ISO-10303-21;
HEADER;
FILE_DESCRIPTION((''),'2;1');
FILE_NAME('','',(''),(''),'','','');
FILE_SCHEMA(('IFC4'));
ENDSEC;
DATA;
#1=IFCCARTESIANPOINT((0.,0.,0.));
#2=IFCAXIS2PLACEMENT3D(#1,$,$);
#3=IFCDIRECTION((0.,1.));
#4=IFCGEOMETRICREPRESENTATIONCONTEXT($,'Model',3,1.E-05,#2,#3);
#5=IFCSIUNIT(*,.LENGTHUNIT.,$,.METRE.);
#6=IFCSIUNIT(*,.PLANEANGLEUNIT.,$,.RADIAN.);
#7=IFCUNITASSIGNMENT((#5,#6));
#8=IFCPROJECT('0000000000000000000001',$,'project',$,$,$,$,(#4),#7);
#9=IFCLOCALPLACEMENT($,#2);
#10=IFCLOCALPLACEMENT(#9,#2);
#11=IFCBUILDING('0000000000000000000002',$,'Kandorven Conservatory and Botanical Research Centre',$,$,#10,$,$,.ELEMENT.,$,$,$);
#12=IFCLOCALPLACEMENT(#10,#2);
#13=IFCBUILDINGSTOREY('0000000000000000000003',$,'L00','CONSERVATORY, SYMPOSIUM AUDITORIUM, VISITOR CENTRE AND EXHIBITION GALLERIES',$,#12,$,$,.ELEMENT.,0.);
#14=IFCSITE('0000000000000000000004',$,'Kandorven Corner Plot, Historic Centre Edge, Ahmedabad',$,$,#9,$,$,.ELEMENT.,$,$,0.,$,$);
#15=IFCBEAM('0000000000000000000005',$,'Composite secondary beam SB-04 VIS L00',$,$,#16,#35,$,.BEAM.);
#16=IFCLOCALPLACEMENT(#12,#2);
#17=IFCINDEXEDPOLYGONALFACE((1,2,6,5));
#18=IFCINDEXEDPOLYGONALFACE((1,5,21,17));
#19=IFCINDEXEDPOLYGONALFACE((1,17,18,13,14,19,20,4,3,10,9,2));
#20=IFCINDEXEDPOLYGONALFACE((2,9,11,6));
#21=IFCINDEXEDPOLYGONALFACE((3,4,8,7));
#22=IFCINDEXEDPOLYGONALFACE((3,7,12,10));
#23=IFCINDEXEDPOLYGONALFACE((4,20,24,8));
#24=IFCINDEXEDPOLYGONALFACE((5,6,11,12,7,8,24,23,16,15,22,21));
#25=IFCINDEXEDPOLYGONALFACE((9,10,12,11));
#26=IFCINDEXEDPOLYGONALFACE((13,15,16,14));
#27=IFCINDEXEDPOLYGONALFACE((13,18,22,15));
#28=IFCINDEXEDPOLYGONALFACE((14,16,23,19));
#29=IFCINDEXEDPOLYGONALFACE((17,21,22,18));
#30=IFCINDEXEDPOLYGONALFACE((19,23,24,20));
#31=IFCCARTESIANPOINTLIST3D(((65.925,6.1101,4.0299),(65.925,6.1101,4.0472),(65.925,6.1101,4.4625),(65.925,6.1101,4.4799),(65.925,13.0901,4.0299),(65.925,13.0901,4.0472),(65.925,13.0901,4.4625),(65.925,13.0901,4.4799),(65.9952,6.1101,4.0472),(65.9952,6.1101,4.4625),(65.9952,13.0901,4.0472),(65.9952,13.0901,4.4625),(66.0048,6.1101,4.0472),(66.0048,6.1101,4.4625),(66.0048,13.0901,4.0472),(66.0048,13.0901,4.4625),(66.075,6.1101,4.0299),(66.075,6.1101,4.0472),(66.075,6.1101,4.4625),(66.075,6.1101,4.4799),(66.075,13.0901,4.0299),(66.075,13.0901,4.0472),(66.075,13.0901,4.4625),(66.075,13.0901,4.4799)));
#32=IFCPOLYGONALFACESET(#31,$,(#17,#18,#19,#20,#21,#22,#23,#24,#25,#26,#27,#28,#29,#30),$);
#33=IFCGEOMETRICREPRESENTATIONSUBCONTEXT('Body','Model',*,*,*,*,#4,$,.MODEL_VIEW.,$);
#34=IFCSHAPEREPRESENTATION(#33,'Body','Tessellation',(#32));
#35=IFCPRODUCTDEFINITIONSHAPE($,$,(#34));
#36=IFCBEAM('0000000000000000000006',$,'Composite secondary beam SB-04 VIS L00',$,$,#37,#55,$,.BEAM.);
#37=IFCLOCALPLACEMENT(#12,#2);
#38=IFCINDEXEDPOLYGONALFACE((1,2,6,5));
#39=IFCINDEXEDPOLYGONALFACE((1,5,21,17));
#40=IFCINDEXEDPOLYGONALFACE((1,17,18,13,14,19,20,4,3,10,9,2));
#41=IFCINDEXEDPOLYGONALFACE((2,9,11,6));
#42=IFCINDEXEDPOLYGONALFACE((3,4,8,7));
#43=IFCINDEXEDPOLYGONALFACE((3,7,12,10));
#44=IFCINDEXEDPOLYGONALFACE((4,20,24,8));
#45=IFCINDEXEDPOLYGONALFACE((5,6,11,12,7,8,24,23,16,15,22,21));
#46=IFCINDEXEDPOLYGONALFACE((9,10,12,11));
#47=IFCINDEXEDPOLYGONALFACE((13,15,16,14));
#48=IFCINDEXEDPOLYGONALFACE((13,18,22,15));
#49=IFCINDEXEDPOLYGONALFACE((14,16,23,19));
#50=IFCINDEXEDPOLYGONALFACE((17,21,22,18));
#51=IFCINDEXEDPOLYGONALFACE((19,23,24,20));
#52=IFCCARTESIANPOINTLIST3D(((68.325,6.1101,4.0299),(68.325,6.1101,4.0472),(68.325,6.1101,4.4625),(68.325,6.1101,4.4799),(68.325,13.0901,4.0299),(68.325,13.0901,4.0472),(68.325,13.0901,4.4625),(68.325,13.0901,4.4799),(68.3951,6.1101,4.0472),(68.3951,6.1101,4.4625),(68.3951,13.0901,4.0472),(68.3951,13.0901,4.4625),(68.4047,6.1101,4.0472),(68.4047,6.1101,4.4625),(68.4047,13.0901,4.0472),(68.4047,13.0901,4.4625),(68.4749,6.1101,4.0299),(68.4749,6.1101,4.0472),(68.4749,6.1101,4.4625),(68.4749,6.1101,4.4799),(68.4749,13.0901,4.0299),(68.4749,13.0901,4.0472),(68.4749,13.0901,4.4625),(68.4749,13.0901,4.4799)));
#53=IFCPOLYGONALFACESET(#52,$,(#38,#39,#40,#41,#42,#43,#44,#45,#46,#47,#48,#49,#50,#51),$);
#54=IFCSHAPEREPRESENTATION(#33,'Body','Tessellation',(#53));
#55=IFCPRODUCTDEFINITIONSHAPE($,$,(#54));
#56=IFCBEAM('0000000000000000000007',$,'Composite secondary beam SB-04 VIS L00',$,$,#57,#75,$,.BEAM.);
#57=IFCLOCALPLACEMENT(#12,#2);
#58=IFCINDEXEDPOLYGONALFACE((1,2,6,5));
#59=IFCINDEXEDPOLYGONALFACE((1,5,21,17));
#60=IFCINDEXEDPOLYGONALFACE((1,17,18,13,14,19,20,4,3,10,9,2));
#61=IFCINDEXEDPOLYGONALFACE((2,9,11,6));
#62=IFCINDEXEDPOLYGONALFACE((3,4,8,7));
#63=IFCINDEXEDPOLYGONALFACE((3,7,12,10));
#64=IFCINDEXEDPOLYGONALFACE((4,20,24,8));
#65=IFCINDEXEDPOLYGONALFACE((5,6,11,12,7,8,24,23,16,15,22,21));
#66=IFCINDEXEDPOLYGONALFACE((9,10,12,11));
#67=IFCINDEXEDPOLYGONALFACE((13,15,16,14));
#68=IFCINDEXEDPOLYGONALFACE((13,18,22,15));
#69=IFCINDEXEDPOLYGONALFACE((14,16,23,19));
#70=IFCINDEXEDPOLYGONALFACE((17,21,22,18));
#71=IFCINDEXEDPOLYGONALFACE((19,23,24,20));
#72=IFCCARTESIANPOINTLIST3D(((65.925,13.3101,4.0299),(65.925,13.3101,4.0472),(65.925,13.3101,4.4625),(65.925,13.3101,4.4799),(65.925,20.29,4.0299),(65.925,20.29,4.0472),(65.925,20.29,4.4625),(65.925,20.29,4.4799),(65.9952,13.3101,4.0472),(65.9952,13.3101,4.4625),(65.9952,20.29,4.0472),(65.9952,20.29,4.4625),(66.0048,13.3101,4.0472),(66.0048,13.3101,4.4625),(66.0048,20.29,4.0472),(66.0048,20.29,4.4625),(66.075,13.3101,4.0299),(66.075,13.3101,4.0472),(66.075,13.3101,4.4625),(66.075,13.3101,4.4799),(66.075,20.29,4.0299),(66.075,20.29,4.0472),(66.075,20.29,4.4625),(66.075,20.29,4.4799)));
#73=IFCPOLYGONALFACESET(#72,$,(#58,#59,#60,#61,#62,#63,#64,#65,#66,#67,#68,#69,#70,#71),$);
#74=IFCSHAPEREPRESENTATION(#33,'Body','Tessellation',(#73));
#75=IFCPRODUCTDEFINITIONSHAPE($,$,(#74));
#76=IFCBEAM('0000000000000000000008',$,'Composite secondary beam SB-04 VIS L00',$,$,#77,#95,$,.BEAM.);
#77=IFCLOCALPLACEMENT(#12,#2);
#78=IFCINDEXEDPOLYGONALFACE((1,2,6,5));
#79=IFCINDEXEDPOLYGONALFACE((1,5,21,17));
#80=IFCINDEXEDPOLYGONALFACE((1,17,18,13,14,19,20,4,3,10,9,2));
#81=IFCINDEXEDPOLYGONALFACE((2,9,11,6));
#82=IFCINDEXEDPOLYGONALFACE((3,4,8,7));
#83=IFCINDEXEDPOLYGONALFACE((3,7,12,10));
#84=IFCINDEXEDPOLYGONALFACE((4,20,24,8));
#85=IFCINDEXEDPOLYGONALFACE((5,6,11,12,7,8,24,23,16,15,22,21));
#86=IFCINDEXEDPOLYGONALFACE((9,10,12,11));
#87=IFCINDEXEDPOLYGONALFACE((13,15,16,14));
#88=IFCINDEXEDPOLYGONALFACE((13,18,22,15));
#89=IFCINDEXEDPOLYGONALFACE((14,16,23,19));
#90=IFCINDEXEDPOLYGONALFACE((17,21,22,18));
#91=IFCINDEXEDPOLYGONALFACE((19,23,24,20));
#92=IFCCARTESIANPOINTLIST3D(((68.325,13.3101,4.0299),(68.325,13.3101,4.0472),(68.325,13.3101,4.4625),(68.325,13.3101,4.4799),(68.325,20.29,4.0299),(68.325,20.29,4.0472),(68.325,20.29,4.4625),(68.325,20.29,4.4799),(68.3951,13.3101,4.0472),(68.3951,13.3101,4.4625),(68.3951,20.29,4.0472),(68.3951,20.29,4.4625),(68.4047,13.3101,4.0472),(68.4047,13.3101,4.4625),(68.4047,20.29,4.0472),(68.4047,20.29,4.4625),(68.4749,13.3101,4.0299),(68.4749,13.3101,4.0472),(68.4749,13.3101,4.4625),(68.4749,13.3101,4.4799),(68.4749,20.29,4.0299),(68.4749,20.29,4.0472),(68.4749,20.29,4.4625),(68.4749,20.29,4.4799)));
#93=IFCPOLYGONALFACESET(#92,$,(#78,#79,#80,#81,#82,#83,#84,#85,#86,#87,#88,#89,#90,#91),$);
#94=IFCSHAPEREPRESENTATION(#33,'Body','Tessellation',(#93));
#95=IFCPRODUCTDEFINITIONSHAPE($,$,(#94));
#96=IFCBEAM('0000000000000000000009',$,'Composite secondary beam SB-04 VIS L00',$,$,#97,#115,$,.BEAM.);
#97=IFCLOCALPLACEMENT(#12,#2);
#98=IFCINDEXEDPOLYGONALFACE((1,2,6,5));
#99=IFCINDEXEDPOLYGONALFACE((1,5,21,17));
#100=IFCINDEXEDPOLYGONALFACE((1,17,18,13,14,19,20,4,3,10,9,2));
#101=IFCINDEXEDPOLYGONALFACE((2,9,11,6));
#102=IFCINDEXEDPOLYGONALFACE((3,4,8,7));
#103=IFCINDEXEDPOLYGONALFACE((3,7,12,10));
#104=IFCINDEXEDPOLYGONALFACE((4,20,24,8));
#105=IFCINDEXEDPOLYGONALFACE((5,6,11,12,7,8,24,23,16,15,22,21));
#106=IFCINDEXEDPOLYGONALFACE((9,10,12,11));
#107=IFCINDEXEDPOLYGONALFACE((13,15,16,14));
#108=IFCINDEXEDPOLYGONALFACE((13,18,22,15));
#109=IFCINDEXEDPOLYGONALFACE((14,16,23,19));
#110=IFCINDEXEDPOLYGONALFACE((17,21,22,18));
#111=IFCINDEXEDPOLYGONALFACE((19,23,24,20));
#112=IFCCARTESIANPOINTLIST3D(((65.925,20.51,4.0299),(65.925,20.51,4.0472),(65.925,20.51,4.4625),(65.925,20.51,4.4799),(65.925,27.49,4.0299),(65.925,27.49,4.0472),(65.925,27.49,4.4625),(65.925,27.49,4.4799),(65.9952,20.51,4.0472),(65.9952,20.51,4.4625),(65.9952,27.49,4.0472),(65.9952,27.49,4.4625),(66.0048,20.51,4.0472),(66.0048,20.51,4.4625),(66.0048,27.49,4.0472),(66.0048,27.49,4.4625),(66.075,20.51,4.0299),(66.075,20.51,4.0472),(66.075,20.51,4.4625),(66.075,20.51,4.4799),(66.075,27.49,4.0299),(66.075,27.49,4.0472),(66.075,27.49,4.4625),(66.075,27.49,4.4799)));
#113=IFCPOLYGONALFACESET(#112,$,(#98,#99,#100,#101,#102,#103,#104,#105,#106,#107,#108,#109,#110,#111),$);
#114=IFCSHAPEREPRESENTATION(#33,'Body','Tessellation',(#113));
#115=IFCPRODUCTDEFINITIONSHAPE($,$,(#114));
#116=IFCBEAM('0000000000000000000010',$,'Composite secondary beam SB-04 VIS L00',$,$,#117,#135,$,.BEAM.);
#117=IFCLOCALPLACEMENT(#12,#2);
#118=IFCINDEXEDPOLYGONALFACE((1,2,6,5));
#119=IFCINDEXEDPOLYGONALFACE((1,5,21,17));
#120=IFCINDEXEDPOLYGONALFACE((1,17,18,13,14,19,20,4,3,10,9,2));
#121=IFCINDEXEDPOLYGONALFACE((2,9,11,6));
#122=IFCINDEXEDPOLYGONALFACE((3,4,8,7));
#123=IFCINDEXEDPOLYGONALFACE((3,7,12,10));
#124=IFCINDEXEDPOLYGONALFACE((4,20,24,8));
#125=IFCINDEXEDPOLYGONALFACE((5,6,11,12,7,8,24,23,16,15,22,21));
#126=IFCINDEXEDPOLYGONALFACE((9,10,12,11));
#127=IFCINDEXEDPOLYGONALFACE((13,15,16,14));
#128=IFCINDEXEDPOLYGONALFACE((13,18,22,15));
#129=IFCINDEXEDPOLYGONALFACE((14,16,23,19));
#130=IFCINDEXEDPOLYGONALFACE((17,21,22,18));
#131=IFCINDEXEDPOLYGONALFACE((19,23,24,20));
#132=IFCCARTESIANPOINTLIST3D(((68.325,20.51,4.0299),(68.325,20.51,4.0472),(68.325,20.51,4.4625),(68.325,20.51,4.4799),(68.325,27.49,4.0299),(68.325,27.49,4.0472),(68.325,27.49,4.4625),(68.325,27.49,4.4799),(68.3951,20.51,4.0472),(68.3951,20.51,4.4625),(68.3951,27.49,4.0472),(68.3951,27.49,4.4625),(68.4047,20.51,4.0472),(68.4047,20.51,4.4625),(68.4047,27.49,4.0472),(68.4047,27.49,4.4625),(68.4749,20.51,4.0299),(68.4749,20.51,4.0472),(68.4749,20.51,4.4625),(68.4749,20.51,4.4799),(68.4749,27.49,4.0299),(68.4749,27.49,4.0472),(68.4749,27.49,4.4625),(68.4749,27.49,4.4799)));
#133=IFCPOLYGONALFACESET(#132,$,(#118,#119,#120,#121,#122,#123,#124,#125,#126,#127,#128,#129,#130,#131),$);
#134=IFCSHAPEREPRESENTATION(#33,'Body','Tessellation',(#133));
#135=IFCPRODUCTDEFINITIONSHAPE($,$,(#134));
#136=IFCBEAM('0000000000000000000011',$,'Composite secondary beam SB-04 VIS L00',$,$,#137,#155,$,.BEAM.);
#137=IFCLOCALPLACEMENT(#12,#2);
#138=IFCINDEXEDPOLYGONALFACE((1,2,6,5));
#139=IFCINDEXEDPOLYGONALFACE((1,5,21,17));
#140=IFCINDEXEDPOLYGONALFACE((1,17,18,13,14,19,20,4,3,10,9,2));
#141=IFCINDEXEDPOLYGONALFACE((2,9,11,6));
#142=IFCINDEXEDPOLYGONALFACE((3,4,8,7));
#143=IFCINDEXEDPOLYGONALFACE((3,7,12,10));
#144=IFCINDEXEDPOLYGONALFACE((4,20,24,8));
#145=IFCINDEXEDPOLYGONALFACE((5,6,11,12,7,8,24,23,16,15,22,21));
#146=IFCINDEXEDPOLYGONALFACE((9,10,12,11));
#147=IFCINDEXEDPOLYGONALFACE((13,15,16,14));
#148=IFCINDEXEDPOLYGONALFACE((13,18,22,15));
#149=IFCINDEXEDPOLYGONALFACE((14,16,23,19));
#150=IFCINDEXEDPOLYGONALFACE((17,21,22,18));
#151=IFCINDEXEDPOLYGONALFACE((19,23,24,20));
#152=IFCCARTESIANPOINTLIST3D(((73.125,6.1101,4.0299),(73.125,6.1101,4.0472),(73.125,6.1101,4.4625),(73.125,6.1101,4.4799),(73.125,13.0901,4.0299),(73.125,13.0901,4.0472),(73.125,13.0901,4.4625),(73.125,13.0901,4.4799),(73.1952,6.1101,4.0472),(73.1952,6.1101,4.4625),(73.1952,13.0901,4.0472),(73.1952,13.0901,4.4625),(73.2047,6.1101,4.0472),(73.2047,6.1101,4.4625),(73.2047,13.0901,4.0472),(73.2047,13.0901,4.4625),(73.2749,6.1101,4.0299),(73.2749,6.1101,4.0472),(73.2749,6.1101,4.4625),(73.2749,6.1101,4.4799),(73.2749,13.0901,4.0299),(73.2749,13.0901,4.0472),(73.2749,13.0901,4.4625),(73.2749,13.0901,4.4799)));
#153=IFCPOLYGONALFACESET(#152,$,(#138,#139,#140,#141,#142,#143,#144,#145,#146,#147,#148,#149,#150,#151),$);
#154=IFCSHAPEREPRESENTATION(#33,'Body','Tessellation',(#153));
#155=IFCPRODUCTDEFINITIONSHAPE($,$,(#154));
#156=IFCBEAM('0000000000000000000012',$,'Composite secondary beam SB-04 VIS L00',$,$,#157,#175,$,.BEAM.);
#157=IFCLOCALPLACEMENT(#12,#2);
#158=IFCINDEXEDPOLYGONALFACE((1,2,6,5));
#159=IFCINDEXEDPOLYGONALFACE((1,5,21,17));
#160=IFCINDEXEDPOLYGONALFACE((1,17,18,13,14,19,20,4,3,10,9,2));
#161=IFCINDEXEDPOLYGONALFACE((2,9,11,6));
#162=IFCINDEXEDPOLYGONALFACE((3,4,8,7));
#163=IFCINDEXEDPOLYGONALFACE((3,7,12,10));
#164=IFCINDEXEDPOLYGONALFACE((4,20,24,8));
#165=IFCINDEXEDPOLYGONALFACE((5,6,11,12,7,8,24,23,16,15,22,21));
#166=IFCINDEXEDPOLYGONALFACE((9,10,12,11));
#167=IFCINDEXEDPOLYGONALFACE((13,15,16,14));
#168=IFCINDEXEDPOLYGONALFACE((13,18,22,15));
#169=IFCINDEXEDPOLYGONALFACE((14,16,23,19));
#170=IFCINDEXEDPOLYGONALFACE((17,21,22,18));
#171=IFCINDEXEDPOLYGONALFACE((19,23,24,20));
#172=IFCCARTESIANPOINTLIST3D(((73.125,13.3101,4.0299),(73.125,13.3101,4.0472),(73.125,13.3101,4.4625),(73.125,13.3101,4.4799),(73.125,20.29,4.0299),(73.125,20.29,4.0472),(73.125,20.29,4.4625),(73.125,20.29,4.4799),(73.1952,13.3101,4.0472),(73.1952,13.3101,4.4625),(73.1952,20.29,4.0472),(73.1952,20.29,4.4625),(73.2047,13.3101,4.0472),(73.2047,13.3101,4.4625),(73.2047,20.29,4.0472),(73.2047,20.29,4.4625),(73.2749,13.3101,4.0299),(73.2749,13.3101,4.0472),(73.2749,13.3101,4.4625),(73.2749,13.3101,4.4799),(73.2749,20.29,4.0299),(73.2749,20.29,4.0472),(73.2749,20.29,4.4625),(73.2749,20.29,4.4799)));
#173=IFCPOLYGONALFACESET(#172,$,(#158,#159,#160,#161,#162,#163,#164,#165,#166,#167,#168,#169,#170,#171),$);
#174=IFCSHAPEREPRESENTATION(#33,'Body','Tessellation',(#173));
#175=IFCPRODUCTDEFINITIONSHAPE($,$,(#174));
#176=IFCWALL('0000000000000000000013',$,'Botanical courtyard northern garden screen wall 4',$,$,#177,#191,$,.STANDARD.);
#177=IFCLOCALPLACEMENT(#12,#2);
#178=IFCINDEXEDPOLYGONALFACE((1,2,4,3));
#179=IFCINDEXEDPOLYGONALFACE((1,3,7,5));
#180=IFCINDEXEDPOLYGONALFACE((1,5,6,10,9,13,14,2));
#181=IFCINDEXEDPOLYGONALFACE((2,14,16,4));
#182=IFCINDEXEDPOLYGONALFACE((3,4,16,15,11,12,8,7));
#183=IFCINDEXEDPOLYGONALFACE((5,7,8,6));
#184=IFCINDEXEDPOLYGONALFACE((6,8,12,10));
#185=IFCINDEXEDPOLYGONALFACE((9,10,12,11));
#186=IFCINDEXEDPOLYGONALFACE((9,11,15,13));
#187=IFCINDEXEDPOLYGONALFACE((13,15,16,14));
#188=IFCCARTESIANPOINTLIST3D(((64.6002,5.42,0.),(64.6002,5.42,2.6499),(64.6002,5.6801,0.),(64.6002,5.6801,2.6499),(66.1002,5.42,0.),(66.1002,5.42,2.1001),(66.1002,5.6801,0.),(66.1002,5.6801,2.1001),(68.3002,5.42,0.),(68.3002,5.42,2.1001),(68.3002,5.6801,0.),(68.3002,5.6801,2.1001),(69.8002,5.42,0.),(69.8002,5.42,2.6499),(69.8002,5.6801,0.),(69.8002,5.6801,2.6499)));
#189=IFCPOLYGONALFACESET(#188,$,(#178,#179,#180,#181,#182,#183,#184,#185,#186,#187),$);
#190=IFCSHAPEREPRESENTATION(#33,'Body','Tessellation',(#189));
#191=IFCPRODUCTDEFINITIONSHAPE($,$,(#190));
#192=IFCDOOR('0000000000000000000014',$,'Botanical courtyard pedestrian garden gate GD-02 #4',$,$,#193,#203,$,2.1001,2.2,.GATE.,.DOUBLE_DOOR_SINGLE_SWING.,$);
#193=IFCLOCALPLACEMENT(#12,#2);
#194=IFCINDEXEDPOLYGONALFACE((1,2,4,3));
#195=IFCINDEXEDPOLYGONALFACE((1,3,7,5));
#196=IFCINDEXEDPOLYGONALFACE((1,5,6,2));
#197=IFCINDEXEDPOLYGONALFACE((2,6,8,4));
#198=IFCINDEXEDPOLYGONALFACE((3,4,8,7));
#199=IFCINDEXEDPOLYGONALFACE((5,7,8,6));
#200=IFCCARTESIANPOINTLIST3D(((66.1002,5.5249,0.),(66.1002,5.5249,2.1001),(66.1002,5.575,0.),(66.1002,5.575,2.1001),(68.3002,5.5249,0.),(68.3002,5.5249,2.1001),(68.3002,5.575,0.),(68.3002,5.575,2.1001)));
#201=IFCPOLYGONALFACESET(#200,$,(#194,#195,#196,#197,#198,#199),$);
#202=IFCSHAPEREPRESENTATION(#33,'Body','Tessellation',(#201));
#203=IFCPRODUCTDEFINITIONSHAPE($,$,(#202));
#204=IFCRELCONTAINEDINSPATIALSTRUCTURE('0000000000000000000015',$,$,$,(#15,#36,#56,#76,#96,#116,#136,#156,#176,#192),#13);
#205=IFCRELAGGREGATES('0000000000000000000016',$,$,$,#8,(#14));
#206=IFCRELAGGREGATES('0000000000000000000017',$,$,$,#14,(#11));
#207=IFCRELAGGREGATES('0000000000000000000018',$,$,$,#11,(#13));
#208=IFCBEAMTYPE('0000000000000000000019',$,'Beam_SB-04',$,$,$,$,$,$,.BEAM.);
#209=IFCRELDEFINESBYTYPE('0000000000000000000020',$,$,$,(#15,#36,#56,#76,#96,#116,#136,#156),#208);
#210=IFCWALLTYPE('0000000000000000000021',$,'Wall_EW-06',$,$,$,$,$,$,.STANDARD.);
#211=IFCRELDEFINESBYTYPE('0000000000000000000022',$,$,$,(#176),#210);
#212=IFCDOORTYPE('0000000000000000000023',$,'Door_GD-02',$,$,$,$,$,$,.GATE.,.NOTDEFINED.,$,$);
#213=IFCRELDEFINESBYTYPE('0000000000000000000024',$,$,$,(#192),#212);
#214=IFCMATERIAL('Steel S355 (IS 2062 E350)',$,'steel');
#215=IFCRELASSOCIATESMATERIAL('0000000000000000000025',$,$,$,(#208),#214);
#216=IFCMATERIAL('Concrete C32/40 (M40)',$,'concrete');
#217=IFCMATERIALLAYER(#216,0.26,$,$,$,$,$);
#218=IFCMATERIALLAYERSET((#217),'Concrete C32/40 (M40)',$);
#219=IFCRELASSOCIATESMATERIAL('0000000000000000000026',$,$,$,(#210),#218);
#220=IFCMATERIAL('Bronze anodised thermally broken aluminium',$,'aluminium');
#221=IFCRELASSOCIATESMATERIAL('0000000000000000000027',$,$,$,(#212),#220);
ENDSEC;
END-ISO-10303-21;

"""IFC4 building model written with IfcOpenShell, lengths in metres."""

from ifc_helpers import new_model, si_unit, direction, frame, frame_2d, origin, origin_2d, place, context, subcontext, project, spatial, rectangle, i_section, extrude, material, layer, layer_set, material_profile, profile_set, type_object, element, fill, save


model = new_model("IFC4")

# Units and contexts
model_context = context("Model", 3, precision=1e-05, world=origin(), true_north=direction((0.0, 1.0)))
body_context = subcontext(model_context, "Body", "Model", "MODEL_VIEW")
ifc_project = project(units=[si_unit("LENGTHUNIT", "METRE"), si_unit("PLANEANGLEUNIT", "RADIAN")], contexts=[model_context])

# Site, building, storey
site_placement = place(None, origin())
site = spatial("IfcSite", under=ifc_project, at=site_placement, Name="Kandorven Corner Plot, Historic Centre Edge, Ahmedabad", CompositionType="ELEMENT", RefElevation=0.0)
building_placement = place(site_placement, origin())
building = spatial("IfcBuilding", under=site, at=building_placement, Name="Kandorven Conservatory and Botanical Research Centre", CompositionType="ELEMENT")
storey_placement = place(building_placement, origin())
storey = spatial("IfcBuildingStorey", under=building, at=storey_placement, Name="L00", Description="CONSERVATORY, SYMPOSIUM AUDITORIUM, VISITOR CENTRE AND EXHIBITION GALLERIES", CompositionType="ELEMENT", Elevation=0.0)

# Beams
ifc_material_1 = material(Name="Steel S355 (IS 2062 E350)", Category="steel")
ifc_material_profile_1 = material_profile(ifc_material_1, i_section(OverallWidth=0.1499, OverallDepth=0.45, WebThickness=0.0095, FlangeThickness=0.0173, at=origin_2d()))
ifc_profile_set_1 = profile_set([ifc_material_profile_1], Name="Steel S355 (IS 2062 E350)")
beam_type_1 = type_object("IfcBeamType", Name="Beam_SB-04", PredefinedType="BEAM", material=ifc_profile_set_1)
for number, where, z_axis, x_axis, name in (
    (1, (66.0, 6.1101, 4.2549), (0.0, 1.0, 0.0), (-1.0, 0.0, 0.0), "Composite secondary beam SB-04 VIS L00"),
    (2, (68.3999, 6.1101, 4.2549), (0.0, 1.0, 0.0), (-1.0, 0.0, 0.0), "Composite secondary beam SB-04 VIS L00"),
    (3, (66.0, 13.3101, 4.2549), (0.0, 1.0, 0.0), (-1.0, 0.0, 0.0), "Composite secondary beam SB-04 VIS L00"),
    (4, (68.3999, 13.3101, 4.2549), (0.0, 1.0, 0.0), (-1.0, 0.0, 0.0), "Composite secondary beam SB-04 VIS L00"),
    (5, (66.0, 20.51, 4.2549), (0.0, 1.0, 0.0), (-1.0, 0.0, 0.0), "Composite secondary beam SB-04 VIS L00"),
    (6, (68.3999, 20.51, 4.2549), (0.0, 1.0, 0.0), (-1.0, 0.0, 0.0), "Composite secondary beam SB-04 VIS L00"),
    (7, (73.2, 6.1101, 4.2549), (0.0, 1.0, 0.0), (-1.0, 0.0, 0.0), "Composite secondary beam SB-04 VIS L00"),
    (8, (73.2, 13.3101, 4.2549), (0.0, 1.0, 0.0), (-1.0, 0.0, 0.0), "Composite secondary beam SB-04 VIS L00"),
):
    element("IfcBeam", number, at=place(storey_placement, frame(where, z_axis=z_axis, x_axis=x_axis)), inside=storey, type_object=beam_type_1, Name=name, PredefinedType="BEAM", context=body_context, shape_type="SweptSolid", body=[
        extrude(i_section(OverallWidth=0.1499, OverallDepth=0.45, WebThickness=0.0095, FlangeThickness=0.0173, at=origin_2d()), origin(), (0.0, 0.0, 1.0), 6.98),
    ])

# Wall, opening, door
ifc_material_2 = material(Name="Concrete C32/40 (M40)", Category="concrete")
ifc_layer_1 = layer(ifc_material_2, 0.26)
ifc_layer_set_1 = layer_set([ifc_layer_1], Name="Concrete C32/40 (M40)")
wall_type_1 = type_object("IfcWallType", Name="Wall_EW-06", PredefinedType="STANDARD", material=ifc_layer_set_1)
wall_1_placement = place(storey_placement, frame((64.6001, 5.55, 0.0), z_axis=(0.0, 0.0, 1.0), x_axis=(1.0, 0.0, 0.0)))
wall_1 = element("IfcWall", 9, at=wall_1_placement, inside=storey, type_object=wall_type_1, Name="Botanical courtyard northern garden screen wall 4", PredefinedType="STANDARD", context=body_context, shape_type="SweptSolid", body=[
    extrude(rectangle(XDim=5.2, YDim=0.26, at=frame_2d((2.6001, 0.0))), origin(), (0.0, 0.0, 1.0), 2.6499),
])
opening_1_placement = place(wall_1_placement, frame((1.5, 0.0, 0.0)))
opening_1 = element("IfcOpeningElement", 10, at=opening_1_placement, cuts=wall_1, PredefinedType="OPENING", context=body_context, shape_type="SweptSolid", body=[
    extrude(rectangle(XDim=2.2, YDim=2.1001, at=frame_2d((1.1001, 1.05))), frame((0.0, 0.1399, 0.0), z_axis=(0.0, -1.0, 0.0), x_axis=(1.0, 0.0, 0.0)), (0.0, 0.0, 1.0), 0.28),
])
ifc_material_3 = material(Name="Bronze anodised thermally broken aluminium", Category="aluminium")
door_type_1 = type_object("IfcDoorType", Name="Door_GD-02", OperationType="NOTDEFINED", PredefinedType="GATE", material=ifc_material_3)
door_1_placement = place(opening_1_placement, origin())
door_1 = element("IfcDoor", 11, at=door_1_placement, inside=storey, type_object=door_type_1, Name="Botanical courtyard pedestrian garden gate GD-02 #4", OperationType="DOUBLE_DOOR_SINGLE_SWING", OverallHeight=2.1001, OverallWidth=2.2, PredefinedType="GATE", context=body_context, shape_type="SweptSolid", body=[
    extrude(rectangle(XDim=2.2, YDim=2.1001, at=frame_2d((1.1001, 1.05))), frame((0.0, 0.0249, 0.0), z_axis=(0.0, -1.0, 0.0), x_axis=(1.0, 0.0, 0.0)), (0.0, 0.0, 1.0), 0.05),
])
fill(opening_1, door_1)

save(model, "model.ifc")
